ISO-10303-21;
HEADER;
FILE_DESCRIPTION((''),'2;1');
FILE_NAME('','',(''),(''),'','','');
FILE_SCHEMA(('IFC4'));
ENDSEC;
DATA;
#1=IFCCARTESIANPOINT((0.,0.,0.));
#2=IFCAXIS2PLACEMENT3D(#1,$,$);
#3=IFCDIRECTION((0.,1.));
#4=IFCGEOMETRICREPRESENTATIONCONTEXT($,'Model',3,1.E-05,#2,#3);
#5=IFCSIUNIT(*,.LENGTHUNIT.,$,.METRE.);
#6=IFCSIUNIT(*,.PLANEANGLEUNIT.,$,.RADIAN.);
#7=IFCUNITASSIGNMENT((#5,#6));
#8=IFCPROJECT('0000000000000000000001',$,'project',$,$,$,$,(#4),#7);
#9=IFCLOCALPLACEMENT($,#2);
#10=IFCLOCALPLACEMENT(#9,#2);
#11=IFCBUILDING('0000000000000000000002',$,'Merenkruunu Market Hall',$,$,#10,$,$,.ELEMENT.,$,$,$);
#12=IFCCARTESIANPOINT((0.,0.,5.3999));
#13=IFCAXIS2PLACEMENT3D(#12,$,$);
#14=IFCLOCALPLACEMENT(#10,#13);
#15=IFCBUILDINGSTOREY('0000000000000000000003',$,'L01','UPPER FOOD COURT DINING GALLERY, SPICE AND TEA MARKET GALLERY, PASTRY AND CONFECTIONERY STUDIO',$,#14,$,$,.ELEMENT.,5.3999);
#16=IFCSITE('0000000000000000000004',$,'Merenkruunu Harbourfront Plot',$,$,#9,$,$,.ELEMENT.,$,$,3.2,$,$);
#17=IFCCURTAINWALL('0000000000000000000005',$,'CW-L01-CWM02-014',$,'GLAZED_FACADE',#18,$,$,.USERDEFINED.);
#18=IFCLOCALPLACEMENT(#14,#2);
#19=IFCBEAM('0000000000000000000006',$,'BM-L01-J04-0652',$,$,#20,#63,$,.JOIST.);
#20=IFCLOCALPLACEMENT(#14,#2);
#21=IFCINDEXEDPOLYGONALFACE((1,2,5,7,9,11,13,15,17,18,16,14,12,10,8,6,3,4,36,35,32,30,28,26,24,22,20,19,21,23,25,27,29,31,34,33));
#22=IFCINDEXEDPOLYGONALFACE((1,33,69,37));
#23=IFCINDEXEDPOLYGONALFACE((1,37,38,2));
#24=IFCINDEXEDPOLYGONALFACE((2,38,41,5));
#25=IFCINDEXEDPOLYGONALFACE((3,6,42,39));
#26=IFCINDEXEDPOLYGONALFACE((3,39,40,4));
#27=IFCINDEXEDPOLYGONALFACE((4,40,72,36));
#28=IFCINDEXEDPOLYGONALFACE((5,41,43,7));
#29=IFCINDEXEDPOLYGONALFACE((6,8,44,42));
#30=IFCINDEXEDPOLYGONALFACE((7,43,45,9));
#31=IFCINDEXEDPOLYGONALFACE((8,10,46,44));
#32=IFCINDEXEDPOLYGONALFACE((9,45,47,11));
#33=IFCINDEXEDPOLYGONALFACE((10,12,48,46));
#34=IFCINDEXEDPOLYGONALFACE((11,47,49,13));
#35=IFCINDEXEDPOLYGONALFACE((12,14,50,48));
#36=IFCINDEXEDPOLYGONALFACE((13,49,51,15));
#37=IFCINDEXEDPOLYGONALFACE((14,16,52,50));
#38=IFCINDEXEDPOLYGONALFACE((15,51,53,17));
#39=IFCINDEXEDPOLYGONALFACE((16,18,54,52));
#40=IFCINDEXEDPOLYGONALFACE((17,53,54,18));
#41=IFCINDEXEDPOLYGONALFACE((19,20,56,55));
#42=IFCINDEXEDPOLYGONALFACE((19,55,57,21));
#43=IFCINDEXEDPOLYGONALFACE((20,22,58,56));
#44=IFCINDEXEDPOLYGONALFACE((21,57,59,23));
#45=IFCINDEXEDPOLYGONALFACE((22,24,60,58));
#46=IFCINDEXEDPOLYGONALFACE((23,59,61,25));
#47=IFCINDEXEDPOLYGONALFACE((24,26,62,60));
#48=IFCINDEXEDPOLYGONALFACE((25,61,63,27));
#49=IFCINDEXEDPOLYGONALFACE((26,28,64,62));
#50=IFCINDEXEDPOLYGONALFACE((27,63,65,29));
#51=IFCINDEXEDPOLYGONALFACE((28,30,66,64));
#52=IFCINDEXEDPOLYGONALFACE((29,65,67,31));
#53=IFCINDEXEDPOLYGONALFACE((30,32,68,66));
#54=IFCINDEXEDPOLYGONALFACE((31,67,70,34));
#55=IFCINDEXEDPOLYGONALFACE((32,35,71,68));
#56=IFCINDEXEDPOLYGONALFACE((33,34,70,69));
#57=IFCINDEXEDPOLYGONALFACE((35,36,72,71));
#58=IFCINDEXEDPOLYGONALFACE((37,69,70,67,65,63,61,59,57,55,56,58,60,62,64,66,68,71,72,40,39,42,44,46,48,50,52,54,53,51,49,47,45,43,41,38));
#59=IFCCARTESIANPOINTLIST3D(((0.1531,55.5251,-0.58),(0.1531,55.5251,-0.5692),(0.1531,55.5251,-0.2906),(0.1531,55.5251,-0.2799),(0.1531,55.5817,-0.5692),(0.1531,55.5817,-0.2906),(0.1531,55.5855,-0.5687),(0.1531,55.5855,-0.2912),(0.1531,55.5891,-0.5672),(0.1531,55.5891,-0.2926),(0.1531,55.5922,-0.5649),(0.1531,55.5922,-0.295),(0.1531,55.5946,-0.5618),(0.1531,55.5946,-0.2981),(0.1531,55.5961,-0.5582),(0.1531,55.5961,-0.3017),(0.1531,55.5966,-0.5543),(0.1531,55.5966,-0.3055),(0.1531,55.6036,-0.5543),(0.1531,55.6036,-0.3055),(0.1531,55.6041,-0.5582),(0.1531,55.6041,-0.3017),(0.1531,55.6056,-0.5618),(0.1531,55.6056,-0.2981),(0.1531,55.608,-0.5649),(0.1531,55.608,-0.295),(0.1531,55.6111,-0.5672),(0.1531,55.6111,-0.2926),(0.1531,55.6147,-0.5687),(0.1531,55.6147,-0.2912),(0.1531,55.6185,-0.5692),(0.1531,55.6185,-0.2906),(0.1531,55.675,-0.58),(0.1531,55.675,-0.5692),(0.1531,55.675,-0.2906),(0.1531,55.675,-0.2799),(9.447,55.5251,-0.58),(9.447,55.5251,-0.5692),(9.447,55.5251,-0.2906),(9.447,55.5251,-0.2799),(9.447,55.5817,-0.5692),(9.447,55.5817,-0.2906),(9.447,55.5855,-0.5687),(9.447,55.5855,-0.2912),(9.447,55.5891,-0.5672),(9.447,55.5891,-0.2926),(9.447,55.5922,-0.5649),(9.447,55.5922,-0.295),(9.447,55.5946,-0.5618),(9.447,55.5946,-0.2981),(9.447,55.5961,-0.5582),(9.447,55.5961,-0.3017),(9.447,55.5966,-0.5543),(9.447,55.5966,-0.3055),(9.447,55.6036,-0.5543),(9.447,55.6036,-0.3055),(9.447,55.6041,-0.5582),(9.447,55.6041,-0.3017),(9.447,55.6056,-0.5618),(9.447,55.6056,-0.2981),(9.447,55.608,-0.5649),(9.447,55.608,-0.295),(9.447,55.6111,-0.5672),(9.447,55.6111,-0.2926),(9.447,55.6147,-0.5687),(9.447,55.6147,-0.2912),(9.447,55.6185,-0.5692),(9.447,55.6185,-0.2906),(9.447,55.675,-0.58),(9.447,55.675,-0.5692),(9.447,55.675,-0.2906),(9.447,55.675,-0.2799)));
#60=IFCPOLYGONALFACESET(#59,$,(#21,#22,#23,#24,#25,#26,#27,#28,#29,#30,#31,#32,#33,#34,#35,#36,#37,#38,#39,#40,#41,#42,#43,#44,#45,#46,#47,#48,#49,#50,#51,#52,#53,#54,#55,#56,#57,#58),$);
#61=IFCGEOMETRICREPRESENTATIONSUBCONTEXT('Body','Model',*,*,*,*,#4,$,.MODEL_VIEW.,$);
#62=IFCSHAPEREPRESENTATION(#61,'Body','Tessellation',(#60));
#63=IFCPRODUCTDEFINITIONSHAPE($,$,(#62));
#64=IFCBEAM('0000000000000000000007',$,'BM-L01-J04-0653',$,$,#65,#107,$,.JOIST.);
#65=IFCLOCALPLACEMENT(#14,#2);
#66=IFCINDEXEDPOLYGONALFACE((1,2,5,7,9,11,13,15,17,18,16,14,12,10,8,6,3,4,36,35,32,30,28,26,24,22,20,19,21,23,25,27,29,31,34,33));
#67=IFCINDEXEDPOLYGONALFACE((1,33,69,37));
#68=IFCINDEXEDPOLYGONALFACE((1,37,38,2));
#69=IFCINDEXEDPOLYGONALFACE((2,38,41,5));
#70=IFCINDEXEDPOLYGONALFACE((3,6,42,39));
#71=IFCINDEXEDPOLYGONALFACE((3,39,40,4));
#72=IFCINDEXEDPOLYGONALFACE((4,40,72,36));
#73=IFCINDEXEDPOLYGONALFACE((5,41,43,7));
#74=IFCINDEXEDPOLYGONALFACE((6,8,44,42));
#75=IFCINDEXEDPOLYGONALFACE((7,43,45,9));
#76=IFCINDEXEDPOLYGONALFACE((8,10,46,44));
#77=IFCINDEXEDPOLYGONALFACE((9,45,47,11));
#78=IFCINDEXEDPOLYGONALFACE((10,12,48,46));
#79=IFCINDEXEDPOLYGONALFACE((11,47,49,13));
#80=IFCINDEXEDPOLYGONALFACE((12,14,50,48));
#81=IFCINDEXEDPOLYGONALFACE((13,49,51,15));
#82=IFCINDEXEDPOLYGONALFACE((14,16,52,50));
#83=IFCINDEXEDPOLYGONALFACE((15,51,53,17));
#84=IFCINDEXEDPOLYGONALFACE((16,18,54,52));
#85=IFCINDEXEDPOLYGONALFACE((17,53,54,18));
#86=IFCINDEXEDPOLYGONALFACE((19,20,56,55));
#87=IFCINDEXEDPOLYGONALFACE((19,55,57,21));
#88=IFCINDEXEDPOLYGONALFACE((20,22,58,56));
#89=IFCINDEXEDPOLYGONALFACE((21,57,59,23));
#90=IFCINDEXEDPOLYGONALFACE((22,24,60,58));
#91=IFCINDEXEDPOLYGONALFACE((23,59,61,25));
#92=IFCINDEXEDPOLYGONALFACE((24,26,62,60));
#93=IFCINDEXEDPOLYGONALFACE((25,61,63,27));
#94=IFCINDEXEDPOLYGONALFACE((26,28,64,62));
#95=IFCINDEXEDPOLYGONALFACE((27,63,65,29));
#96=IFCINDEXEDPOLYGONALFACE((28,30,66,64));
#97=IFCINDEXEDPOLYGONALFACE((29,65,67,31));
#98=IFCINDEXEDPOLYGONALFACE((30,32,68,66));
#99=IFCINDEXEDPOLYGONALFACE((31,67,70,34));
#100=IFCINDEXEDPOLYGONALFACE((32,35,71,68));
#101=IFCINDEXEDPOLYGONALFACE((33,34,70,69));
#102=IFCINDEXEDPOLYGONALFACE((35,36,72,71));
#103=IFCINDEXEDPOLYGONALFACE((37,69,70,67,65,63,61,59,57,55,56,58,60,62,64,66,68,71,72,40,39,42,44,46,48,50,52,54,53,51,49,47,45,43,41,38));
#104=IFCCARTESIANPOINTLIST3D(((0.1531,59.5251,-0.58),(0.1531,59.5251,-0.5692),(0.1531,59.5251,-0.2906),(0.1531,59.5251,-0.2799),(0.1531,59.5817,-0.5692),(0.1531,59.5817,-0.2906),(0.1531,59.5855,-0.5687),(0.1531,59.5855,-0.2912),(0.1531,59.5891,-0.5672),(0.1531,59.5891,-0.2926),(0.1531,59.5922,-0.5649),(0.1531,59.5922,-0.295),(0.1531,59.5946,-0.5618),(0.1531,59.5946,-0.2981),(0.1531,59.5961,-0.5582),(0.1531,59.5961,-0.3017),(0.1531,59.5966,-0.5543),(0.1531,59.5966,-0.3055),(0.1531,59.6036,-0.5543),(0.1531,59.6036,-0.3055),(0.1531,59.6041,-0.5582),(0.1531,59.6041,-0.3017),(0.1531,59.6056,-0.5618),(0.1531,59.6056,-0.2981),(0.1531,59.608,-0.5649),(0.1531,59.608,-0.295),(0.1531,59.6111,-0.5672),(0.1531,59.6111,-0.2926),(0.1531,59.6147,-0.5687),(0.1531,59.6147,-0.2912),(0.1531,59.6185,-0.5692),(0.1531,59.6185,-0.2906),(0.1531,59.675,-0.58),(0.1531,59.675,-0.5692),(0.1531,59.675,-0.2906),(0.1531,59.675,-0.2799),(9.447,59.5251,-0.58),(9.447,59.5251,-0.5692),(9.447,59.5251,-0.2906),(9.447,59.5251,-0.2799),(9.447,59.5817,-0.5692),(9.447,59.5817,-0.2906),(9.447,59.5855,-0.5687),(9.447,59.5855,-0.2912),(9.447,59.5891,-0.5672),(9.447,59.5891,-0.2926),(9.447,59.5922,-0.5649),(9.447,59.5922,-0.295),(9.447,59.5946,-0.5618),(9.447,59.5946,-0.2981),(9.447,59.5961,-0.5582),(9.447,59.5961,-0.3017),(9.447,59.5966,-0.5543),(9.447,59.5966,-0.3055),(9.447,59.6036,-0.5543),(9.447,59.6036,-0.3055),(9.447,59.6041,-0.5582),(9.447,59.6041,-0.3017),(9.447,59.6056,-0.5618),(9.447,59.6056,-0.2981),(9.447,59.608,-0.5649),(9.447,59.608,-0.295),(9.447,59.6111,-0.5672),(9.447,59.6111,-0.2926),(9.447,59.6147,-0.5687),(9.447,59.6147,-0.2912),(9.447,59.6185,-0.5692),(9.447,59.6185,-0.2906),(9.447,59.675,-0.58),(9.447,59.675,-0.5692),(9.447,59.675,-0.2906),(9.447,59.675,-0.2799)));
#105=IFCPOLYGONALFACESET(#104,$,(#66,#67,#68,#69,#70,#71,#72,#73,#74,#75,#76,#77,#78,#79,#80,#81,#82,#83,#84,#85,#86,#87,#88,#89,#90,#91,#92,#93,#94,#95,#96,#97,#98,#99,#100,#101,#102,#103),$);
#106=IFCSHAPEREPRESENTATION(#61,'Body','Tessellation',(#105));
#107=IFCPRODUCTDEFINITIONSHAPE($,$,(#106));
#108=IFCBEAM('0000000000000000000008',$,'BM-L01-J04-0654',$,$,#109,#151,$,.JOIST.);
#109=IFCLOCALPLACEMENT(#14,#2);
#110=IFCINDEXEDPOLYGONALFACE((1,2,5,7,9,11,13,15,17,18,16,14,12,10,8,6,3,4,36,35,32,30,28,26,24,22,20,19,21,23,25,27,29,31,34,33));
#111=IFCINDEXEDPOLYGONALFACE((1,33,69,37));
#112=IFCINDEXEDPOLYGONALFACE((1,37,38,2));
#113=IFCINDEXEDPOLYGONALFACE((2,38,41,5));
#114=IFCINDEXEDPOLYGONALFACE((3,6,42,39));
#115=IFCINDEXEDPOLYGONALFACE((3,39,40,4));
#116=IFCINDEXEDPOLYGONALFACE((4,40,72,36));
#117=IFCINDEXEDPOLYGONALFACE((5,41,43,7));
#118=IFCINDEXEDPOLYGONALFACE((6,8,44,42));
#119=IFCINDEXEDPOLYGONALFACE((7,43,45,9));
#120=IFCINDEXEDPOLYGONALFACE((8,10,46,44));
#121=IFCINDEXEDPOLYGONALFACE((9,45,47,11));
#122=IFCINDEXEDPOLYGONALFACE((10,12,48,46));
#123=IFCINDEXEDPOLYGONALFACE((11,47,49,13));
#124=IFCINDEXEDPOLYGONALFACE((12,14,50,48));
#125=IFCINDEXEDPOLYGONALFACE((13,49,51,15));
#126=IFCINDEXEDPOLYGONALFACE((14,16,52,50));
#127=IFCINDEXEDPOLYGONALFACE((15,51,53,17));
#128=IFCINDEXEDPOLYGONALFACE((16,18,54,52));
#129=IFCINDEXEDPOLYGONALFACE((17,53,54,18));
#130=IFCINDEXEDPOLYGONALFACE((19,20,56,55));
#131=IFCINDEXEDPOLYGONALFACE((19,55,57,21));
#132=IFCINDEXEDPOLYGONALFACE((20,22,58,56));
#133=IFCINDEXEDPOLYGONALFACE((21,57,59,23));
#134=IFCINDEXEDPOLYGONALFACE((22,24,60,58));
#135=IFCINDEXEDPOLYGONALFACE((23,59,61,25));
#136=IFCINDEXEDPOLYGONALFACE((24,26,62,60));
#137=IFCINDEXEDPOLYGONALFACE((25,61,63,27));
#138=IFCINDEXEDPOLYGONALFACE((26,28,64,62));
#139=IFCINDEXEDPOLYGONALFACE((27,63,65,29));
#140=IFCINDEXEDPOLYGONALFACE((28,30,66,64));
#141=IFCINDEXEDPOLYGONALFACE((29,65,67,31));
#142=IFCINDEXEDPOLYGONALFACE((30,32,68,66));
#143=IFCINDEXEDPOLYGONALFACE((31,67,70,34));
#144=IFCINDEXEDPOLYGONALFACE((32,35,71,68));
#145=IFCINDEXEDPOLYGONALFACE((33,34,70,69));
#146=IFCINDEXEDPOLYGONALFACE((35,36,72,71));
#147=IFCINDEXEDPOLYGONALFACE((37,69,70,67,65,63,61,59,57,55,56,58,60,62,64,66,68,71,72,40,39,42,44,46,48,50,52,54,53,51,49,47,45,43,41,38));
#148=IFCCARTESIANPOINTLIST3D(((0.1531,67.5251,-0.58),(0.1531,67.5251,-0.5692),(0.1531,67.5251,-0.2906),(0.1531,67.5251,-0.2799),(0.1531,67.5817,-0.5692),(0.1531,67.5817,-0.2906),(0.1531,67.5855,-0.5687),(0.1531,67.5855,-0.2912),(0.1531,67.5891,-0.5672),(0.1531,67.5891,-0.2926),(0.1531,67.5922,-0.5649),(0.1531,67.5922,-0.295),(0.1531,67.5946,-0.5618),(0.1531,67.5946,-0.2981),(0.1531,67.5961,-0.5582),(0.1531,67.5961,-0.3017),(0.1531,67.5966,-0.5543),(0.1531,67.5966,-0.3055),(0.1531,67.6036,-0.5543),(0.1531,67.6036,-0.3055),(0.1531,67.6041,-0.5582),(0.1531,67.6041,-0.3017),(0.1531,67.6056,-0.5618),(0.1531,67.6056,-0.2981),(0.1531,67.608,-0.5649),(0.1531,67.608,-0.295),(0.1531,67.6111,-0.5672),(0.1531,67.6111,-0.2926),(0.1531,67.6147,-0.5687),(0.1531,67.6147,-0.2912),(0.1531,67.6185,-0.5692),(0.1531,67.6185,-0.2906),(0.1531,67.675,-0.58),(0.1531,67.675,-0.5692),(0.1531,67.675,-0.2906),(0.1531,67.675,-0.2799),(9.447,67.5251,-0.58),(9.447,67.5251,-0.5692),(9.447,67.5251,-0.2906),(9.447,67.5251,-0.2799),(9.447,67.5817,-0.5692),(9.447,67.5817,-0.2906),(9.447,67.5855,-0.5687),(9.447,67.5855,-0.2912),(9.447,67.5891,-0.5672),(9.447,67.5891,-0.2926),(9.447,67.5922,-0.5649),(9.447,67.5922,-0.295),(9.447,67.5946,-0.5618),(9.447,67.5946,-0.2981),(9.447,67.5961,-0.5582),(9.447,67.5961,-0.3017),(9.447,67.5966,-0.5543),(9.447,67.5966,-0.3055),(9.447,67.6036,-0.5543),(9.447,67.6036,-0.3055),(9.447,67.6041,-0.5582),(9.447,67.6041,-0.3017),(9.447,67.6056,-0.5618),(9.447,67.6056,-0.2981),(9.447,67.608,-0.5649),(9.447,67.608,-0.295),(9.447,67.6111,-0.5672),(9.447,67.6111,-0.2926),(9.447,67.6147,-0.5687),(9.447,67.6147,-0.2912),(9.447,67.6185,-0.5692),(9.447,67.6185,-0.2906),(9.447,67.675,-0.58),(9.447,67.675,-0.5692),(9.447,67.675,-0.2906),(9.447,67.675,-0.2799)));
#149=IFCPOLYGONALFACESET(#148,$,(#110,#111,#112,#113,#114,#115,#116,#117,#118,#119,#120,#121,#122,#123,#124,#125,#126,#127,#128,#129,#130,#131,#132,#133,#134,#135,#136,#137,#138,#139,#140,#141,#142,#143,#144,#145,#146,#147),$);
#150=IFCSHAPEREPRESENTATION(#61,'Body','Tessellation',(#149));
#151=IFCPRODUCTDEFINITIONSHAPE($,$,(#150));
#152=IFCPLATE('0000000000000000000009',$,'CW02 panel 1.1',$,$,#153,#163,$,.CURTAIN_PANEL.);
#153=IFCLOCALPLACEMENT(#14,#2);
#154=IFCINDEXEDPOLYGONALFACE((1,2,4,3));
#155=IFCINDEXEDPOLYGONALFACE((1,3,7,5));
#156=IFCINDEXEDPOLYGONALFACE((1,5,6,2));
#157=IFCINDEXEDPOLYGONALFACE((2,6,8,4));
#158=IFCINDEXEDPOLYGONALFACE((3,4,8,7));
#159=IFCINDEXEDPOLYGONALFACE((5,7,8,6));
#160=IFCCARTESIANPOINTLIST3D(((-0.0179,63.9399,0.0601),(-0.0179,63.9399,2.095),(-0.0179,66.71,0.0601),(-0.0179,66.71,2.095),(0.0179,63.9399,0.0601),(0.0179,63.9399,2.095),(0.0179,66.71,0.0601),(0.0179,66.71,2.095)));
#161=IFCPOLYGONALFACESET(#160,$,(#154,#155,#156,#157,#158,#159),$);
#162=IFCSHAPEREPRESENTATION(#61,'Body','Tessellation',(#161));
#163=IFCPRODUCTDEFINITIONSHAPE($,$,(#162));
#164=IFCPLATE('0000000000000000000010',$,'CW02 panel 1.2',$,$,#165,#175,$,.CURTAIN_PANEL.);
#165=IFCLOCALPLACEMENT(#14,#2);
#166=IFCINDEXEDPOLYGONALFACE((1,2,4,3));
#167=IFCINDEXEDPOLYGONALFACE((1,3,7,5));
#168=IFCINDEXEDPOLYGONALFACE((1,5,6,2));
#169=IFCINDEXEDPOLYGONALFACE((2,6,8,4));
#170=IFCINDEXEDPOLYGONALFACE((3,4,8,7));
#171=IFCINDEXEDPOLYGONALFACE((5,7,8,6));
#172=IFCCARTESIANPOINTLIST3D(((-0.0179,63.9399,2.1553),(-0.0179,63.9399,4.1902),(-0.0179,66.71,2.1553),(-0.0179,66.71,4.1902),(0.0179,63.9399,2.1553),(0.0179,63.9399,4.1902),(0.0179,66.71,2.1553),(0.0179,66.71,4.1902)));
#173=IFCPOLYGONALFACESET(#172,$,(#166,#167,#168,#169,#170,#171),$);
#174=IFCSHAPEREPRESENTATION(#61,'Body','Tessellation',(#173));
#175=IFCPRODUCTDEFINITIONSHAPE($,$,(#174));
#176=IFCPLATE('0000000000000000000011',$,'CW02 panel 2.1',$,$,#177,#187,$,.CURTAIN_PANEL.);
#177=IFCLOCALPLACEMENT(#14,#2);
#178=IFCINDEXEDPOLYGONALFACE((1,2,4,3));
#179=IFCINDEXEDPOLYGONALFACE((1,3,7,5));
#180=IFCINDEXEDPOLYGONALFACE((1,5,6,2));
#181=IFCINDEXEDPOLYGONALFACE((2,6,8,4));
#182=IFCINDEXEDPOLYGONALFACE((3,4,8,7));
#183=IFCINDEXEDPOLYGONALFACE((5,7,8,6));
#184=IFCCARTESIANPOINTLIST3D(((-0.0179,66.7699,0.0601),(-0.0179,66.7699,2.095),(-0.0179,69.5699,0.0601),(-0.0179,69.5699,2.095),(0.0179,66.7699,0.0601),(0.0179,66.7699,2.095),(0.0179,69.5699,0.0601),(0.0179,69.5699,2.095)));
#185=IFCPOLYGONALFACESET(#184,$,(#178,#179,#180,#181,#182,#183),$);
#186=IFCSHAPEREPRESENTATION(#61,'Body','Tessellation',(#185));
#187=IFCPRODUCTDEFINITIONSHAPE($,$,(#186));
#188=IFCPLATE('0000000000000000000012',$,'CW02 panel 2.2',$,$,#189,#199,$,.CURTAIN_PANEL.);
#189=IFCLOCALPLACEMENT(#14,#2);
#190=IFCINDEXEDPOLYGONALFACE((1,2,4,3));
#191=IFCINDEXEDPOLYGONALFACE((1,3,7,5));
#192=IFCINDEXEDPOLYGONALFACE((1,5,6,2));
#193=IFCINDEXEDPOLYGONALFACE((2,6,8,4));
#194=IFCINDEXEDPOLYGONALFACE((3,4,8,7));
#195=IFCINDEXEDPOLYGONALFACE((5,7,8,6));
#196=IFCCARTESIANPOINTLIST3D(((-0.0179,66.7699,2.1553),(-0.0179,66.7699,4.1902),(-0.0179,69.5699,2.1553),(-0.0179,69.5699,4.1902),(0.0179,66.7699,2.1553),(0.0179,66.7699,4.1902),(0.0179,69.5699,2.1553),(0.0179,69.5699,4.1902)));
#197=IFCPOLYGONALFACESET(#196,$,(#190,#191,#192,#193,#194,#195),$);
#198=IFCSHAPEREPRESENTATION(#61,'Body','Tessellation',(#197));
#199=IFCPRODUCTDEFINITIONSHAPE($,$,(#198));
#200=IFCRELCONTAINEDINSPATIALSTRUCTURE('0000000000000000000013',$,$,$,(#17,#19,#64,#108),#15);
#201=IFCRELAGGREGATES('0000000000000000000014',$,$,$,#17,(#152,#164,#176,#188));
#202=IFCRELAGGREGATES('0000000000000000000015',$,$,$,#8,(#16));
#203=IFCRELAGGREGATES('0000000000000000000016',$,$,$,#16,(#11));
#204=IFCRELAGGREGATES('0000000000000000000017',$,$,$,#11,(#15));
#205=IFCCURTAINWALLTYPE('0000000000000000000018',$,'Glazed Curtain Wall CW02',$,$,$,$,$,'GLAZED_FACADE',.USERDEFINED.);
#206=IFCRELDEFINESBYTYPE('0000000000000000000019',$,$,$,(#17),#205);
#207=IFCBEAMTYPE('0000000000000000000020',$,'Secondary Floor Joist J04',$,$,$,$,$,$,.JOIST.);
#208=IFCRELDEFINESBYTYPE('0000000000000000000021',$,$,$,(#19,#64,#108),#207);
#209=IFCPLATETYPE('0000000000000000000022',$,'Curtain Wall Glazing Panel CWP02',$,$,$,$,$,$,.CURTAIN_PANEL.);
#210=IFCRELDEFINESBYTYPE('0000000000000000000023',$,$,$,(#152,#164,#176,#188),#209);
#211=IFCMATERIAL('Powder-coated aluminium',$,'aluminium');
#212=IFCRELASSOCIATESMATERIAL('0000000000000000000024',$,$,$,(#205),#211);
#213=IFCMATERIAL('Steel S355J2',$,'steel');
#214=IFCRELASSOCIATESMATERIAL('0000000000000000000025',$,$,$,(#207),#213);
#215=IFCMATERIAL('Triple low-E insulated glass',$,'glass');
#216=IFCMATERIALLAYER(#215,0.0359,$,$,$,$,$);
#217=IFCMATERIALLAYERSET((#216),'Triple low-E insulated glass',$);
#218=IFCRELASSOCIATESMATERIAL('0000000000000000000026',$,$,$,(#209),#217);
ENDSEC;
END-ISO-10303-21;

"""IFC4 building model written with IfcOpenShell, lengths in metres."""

from ifc_helpers import new_model, si_unit, direction, frame, origin, origin_2d, place, context, subcontext, project, spatial, rectangle, i_section, extrude, material, layer, layer_set, material_profile, profile_set, type_object, element, aggregate, save


model = new_model("IFC4")

# Units and contexts
model_context = context("Model", 3, precision=1e-05, world=origin(), true_north=direction((0.0, 1.0)))
body_context = subcontext(model_context, "Body", "Model", "MODEL_VIEW")
ifc_project = project(units=[si_unit("LENGTHUNIT", "METRE"), si_unit("PLANEANGLEUNIT", "RADIAN")], contexts=[model_context])

# Site, building, storey
site_placement = place(None, origin())
site = spatial("IfcSite", under=ifc_project, at=site_placement, Name="Merenkruunu Harbourfront Plot", CompositionType="ELEMENT", RefElevation=3.2)
building_placement = place(site_placement, origin())
building = spatial("IfcBuilding", under=site, at=building_placement, Name="Merenkruunu Market Hall", CompositionType="ELEMENT")
storey_placement = place(building_placement, frame((0.0, 0.0, 5.3999)))
storey = spatial("IfcBuildingStorey", under=building, at=storey_placement, Name="L01", Description="UPPER FOOD COURT DINING GALLERY, SPICE AND TEA MARKET GALLERY, PASTRY AND CONFECTIONERY STUDIO", CompositionType="ELEMENT", Elevation=5.3999)

# Shared definitions
ifc_material_1 = material(Name="Steel S355J2", Category="steel")

# Curtain wall
ifc_material_2 = material(Name="Powder-coated aluminium", Category="aluminium")
curtain_wall_type = type_object("IfcCurtainWallType", Name="Glazed Curtain Wall CW02", ElementType="GLAZED_FACADE", PredefinedType="USERDEFINED", material=ifc_material_2)
curtain_wall_placement = place(storey_placement, origin())
curtain_wall = element("IfcCurtainWall", 1, at=curtain_wall_placement, inside=storey, type_object=curtain_wall_type, Name="CW-L01-CWM02-014", ObjectType="GLAZED_FACADE", PredefinedType="USERDEFINED")

# Beams
ifc_material_profile_1 = material_profile(ifc_material_1, i_section(OverallWidth=0.1499, OverallDepth=0.3, WebThickness=0.0071, FlangeThickness=0.0107, FilletRadius=0.0149, at=origin_2d()), Name="IPE 300")
ifc_profile_set_1 = profile_set([ifc_material_profile_1], Name="Steel S355J2")
beam_type_1 = type_object("IfcBeamType", Name="Secondary Floor Joist J04", PredefinedType="JOIST", material=ifc_profile_set_1)
for number, where, z_axis, x_axis, name in (
    (2, (0.1531, 55.6001, -0.4299), (1.0, 0.0, 0.0), (0.0, 1.0, 0.0), "BM-L01-J04-0652"),
    (3, (0.1531, 59.6001, -0.4299), (1.0, 0.0, 0.0), (0.0, 1.0, 0.0), "BM-L01-J04-0653"),
    (4, (0.1531, 67.6001, -0.4299), (1.0, 0.0, 0.0), (0.0, 1.0, 0.0), "BM-L01-J04-0654"),
):
    element("IfcBeam", number, at=place(storey_placement, frame(where, z_axis=z_axis, x_axis=x_axis)), inside=storey, type_object=beam_type_1, Name=name, PredefinedType="JOIST", context=body_context, shape_type="SweptSolid", body=[
        extrude(i_section(OverallWidth=0.1499, OverallDepth=0.3, WebThickness=0.0071, FlangeThickness=0.0107, FilletRadius=0.0149, at=origin_2d()), origin(), (0.0, 0.0, 1.0), 9.2939),
    ])

# Plates
ifc_material_3 = material(Name="Triple low-E insulated glass", Category="glass")
ifc_layer_1 = layer(ifc_material_3, 0.0359)
ifc_layer_set_1 = layer_set([ifc_layer_1], Name="Triple low-E insulated glass")
plate_type = type_object("IfcPlateType", Name="Curtain Wall Glazing Panel CWP02", PredefinedType="CURTAIN_PANEL", material=ifc_layer_set_1)
plate_1_placement = place(storey_placement, frame((0.0, 65.325, 0.0601), z_axis=(0.0, 0.0, 1.0), x_axis=(0.0, 1.0, 0.0)))
plate_1 = element("IfcPlate", 5, at=plate_1_placement, type_object=plate_type, Name="CW02 panel 1.1", PredefinedType="CURTAIN_PANEL", context=body_context, shape_type="SweptSolid", body=[
    extrude(rectangle(XDim=2.77, YDim=0.0359, at=origin_2d()), origin(), (0.0, 0.0, 1.0), 2.0349),
])
plate_2_placement = place(storey_placement, frame((0.0, 65.325, 2.1553), z_axis=(0.0, 0.0, 1.0), x_axis=(0.0, 1.0, 0.0)))
plate_2 = element("IfcPlate", 6, at=plate_2_placement, type_object=plate_type, Name="CW02 panel 1.2", PredefinedType="CURTAIN_PANEL", context=body_context, shape_type="SweptSolid", body=[
    extrude(rectangle(XDim=2.77, YDim=0.0359, at=origin_2d()), origin(), (0.0, 0.0, 1.0), 2.0349),
])
plate_3_placement = place(storey_placement, frame((0.0, 68.1699, 0.0601), z_axis=(0.0, 0.0, 1.0), x_axis=(0.0, 1.0, 0.0)))
plate_3 = element("IfcPlate", 7, at=plate_3_placement, type_object=plate_type, Name="CW02 panel 2.1", PredefinedType="CURTAIN_PANEL", context=body_context, shape_type="SweptSolid", body=[
    extrude(rectangle(XDim=2.8, YDim=0.0359, at=origin_2d()), origin(), (0.0, 0.0, 1.0), 2.0349),
])
plate_4_placement = place(storey_placement, frame((0.0, 68.1699, 2.1553), z_axis=(0.0, 0.0, 1.0), x_axis=(0.0, 1.0, 0.0)))
plate_4 = element("IfcPlate", 8, at=plate_4_placement, type_object=plate_type, Name="CW02 panel 2.2", PredefinedType="CURTAIN_PANEL", context=body_context, shape_type="SweptSolid", body=[
    extrude(rectangle(XDim=2.8, YDim=0.0359, at=origin_2d()), origin(), (0.0, 0.0, 1.0), 2.0349),
])
aggregate(curtain_wall, [plate_1, plate_2, plate_3, plate_4])

save(model, "model.ifc")
